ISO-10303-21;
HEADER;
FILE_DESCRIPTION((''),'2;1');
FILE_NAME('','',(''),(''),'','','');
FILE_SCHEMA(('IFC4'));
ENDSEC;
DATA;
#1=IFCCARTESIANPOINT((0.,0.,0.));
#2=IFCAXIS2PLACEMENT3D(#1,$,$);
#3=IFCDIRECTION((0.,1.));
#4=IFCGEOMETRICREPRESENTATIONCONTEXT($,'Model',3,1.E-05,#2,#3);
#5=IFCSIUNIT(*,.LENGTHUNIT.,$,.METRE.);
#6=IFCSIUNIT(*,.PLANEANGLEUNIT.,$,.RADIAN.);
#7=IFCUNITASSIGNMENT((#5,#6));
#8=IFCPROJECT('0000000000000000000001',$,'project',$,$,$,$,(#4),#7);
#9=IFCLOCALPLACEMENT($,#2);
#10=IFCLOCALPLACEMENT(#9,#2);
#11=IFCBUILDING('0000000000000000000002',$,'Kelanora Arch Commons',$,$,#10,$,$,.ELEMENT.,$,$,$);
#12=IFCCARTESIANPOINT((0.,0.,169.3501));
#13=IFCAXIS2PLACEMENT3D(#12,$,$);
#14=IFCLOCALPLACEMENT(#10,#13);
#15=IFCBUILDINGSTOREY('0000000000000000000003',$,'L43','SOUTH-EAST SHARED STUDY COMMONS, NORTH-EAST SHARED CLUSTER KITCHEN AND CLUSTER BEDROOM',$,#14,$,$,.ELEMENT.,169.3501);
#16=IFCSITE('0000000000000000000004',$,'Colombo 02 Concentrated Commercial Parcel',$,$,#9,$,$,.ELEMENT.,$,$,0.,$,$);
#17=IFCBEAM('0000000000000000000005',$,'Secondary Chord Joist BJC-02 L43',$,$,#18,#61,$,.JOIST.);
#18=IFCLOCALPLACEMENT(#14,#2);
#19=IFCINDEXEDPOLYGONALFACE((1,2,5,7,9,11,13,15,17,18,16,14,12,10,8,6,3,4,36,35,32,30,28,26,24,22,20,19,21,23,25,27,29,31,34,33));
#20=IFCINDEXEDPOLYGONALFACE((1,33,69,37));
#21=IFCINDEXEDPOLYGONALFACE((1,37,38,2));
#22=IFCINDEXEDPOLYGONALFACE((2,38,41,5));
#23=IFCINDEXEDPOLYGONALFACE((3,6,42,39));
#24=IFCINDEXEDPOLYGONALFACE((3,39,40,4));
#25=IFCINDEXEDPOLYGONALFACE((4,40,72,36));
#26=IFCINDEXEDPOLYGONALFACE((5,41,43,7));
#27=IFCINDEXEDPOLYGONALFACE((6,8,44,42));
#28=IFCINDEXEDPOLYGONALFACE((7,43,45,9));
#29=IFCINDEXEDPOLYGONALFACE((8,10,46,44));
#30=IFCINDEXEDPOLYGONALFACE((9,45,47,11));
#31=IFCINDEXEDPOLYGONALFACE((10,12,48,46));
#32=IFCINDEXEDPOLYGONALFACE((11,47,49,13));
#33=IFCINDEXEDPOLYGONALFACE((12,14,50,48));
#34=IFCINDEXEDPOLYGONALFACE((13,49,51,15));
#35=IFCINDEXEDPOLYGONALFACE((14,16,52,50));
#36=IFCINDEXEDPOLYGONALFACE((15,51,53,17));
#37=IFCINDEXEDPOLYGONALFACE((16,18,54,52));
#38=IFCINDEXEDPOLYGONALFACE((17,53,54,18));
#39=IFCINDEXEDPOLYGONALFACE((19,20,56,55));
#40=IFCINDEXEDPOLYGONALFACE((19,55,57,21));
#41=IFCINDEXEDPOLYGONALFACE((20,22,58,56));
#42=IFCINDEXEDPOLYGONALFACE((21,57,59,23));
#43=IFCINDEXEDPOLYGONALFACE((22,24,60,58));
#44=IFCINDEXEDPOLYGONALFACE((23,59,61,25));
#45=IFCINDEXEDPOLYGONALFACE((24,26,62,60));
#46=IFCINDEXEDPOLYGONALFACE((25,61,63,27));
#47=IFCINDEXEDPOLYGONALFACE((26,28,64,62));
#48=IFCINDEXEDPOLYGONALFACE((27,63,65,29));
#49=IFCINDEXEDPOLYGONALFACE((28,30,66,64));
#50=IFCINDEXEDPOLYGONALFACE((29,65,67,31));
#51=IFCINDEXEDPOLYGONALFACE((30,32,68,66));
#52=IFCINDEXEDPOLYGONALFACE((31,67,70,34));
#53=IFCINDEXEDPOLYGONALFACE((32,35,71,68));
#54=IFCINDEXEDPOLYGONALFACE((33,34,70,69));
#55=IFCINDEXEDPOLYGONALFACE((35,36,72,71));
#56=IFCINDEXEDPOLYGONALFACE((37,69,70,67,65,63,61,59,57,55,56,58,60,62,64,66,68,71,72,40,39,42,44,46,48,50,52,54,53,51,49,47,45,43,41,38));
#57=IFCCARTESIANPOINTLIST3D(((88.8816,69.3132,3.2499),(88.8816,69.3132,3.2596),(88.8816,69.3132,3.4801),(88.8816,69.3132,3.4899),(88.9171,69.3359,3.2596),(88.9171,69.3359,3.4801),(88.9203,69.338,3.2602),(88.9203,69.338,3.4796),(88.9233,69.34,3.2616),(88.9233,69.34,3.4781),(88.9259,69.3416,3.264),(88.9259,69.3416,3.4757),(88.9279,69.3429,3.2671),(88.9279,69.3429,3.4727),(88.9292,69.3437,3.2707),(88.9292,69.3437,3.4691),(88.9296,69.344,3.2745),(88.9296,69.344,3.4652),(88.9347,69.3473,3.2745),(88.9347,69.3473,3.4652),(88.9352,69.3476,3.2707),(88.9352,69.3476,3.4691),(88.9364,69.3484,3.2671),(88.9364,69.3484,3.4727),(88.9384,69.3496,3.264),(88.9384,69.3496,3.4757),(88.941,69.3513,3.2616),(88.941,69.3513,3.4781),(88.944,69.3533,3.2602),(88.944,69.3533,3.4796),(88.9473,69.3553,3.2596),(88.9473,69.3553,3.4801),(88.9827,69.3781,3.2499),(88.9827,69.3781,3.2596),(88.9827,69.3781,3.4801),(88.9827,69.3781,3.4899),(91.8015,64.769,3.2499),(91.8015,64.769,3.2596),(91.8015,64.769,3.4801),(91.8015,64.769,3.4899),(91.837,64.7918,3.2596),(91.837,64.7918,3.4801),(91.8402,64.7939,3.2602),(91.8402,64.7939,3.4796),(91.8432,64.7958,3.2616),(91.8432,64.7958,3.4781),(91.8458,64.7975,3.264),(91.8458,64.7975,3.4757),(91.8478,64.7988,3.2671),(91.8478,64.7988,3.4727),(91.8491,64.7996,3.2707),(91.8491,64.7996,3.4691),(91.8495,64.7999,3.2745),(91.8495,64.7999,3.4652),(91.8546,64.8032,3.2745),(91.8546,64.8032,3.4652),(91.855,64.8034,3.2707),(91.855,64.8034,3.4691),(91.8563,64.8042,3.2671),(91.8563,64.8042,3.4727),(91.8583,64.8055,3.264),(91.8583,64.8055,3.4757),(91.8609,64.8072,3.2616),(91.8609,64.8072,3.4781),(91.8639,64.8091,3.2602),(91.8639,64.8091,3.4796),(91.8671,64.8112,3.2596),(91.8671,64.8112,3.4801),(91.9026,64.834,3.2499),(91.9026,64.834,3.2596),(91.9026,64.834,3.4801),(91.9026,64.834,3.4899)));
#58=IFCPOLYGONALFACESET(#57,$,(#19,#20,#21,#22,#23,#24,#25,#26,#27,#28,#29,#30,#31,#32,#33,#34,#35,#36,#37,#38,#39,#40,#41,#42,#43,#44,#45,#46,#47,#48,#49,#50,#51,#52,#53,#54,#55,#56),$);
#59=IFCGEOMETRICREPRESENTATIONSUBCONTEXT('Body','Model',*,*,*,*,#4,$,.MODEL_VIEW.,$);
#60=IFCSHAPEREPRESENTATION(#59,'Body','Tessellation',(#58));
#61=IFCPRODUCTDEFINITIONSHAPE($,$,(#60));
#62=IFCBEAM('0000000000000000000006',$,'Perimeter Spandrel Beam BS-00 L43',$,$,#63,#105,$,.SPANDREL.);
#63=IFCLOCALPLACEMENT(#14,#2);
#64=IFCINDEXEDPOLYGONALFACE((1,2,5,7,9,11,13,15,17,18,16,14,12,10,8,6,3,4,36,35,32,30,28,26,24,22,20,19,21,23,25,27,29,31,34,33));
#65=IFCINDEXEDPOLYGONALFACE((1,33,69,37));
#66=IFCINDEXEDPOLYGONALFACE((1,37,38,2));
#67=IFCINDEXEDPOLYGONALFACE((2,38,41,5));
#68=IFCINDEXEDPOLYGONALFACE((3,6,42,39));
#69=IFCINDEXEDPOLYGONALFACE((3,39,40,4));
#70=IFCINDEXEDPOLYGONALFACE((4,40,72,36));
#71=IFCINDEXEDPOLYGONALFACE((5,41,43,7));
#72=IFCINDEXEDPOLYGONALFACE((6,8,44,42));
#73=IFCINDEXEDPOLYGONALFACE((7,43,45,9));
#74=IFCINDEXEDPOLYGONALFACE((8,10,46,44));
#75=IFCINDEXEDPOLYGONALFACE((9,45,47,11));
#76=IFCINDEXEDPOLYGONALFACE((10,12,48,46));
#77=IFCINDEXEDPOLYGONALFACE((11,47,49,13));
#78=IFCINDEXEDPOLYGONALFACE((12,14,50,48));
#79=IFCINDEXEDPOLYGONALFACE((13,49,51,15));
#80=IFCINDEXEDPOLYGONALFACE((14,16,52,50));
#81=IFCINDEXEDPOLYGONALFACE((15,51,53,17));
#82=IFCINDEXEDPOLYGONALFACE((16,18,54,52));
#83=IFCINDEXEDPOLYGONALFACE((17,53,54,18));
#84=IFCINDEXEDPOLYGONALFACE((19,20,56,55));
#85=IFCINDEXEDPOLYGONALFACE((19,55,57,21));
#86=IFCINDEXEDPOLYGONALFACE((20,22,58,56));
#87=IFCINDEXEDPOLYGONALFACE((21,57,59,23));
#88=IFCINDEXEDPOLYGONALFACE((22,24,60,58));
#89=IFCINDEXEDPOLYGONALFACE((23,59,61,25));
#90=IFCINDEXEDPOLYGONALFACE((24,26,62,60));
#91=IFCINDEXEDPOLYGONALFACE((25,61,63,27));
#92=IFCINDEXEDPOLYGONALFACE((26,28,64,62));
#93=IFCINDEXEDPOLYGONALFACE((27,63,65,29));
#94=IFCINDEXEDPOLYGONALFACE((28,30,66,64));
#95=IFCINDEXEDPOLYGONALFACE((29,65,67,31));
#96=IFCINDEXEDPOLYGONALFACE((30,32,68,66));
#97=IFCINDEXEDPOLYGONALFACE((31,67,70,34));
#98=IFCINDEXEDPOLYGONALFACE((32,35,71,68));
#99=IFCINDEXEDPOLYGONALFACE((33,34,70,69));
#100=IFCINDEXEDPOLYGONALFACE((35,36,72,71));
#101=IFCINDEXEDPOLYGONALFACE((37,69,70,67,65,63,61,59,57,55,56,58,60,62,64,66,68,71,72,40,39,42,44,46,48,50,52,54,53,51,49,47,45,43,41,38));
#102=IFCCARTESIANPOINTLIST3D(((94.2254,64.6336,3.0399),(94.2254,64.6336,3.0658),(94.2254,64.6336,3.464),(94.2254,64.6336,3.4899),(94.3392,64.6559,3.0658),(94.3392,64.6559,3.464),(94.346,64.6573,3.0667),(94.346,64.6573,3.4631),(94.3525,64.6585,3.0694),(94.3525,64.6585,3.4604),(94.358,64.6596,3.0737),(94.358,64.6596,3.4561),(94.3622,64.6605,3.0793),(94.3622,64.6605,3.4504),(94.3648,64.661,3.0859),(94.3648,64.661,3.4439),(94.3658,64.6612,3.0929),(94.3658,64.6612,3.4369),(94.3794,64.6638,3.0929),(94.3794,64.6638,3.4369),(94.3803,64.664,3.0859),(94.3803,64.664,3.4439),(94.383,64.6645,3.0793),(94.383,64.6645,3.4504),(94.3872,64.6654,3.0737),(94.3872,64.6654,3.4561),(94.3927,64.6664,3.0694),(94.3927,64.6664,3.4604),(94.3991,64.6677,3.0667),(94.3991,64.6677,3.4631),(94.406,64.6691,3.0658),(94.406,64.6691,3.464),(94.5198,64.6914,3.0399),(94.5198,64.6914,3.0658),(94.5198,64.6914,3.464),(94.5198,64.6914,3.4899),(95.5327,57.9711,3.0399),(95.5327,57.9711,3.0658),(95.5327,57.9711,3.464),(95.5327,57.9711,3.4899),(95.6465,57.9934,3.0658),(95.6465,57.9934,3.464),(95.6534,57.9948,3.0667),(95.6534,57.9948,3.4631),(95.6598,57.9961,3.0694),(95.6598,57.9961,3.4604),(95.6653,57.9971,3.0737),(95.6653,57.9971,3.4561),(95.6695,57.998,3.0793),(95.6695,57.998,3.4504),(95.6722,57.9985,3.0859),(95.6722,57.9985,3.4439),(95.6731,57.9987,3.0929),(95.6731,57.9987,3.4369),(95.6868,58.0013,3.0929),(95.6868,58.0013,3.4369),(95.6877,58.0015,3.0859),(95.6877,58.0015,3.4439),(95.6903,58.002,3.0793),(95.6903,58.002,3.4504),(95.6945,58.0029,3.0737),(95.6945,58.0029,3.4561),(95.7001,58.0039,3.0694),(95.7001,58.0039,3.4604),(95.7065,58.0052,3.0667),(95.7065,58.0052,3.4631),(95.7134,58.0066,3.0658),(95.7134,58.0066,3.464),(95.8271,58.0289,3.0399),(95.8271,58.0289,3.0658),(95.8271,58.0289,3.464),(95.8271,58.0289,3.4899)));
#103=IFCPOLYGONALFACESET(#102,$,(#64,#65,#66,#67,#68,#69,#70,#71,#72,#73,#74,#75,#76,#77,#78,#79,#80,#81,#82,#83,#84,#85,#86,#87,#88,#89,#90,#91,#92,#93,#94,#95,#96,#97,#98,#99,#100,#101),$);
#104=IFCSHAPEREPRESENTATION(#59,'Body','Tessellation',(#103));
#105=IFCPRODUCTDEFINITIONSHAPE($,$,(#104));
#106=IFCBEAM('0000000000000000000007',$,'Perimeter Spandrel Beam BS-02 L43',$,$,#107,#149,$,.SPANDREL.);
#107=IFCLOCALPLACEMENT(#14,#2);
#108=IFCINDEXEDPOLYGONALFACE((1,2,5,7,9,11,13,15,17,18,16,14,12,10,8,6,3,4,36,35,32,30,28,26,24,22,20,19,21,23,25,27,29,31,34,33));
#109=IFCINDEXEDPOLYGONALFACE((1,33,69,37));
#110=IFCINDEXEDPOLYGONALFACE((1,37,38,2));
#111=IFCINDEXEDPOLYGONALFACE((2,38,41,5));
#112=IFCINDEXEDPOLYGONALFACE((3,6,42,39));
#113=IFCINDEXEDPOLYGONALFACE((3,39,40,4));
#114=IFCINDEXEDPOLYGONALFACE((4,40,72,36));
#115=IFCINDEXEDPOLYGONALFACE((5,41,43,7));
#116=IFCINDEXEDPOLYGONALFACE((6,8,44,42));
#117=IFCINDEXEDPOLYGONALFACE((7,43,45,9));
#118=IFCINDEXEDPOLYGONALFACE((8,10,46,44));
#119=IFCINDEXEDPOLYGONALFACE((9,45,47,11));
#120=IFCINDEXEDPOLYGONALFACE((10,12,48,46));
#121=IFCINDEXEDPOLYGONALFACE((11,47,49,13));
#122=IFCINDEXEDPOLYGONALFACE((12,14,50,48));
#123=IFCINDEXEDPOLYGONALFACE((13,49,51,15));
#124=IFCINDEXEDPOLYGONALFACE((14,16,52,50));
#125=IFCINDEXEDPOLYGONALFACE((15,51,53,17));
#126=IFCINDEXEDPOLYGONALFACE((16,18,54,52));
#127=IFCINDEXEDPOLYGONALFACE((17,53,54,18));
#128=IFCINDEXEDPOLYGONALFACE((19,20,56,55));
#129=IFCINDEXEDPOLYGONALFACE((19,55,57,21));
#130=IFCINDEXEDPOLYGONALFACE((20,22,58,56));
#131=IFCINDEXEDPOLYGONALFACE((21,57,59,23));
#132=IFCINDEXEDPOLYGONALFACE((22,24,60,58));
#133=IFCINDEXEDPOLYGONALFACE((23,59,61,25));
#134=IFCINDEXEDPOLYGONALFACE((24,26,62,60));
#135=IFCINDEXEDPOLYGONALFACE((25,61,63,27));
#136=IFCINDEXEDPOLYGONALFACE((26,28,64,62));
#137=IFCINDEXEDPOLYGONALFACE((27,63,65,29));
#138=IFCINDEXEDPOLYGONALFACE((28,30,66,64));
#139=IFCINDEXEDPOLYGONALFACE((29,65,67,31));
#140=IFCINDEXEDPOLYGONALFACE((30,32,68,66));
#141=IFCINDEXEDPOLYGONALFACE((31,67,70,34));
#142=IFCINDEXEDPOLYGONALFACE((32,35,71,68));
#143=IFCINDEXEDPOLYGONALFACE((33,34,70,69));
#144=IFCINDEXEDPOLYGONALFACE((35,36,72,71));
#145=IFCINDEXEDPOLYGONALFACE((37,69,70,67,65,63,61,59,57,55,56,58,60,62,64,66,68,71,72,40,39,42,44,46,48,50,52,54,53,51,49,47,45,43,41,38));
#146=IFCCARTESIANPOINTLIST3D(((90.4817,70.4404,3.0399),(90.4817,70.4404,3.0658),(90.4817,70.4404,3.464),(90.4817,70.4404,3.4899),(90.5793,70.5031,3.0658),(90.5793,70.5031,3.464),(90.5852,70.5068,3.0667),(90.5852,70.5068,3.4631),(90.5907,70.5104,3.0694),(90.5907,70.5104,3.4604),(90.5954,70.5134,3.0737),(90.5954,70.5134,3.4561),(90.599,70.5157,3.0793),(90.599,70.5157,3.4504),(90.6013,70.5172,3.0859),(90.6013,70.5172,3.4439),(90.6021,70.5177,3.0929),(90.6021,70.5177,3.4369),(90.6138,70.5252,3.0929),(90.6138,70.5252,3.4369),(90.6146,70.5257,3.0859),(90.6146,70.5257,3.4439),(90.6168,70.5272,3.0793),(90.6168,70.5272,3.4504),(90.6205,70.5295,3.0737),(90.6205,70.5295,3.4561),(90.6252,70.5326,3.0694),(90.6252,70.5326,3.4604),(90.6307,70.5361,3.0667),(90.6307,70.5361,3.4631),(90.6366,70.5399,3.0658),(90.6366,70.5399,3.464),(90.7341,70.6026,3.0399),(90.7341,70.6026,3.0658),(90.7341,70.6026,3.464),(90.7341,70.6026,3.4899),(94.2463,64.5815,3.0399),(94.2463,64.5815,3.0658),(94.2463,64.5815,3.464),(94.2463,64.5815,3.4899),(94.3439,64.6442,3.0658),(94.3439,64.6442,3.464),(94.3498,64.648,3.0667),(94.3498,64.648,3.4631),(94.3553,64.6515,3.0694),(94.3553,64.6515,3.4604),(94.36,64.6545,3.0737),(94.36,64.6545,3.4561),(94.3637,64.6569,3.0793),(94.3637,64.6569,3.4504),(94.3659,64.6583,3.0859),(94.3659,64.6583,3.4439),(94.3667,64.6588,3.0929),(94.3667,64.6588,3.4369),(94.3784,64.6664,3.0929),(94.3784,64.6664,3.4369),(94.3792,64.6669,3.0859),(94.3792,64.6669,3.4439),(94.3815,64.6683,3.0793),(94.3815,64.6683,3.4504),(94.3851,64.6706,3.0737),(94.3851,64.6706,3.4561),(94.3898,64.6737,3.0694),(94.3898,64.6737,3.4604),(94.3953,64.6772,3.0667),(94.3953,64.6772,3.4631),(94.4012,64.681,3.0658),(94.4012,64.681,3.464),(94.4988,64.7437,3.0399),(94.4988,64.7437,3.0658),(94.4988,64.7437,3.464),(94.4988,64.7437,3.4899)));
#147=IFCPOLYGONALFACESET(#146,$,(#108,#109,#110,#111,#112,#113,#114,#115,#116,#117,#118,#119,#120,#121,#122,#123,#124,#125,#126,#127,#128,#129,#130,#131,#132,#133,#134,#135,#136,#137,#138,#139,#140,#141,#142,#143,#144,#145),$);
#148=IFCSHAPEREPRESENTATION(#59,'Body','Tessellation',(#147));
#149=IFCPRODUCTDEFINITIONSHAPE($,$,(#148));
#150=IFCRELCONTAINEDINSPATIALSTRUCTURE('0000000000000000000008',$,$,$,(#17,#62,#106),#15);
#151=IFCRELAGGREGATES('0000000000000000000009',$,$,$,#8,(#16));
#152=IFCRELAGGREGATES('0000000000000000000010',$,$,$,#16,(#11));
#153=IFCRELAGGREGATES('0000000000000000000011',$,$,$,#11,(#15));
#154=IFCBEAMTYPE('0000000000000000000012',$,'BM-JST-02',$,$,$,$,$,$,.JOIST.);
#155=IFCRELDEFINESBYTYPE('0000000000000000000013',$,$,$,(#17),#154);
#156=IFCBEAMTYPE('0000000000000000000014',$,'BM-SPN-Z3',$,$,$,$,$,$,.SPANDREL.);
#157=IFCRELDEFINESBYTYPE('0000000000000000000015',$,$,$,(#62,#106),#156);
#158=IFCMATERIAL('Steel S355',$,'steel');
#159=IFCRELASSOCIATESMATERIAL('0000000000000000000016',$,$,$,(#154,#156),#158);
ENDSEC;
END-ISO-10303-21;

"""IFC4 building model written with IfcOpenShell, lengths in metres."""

from ifc_helpers import new_model, si_unit, direction, frame, origin, origin_2d, place, context, subcontext, project, spatial, i_section, extrude, material, material_profile, profile_set, type_object, element, save


model = new_model("IFC4")

# Units and contexts
model_context = context("Model", 3, precision=1e-05, world=origin(), true_north=direction((0.0, 1.0)))
body_context = subcontext(model_context, "Body", "Model", "MODEL_VIEW")
ifc_project = project(units=[si_unit("LENGTHUNIT", "METRE"), si_unit("PLANEANGLEUNIT", "RADIAN")], contexts=[model_context])

# Site, building, storey
site_placement = place(None, origin())
site = spatial("IfcSite", under=ifc_project, at=site_placement, Name="Colombo 02 Concentrated Commercial Parcel", CompositionType="ELEMENT", RefElevation=0.0)
building_placement = place(site_placement, origin())
building = spatial("IfcBuilding", under=site, at=building_placement, Name="Kelanora Arch Commons", CompositionType="ELEMENT")
storey_placement = place(building_placement, frame((0.0, 0.0, 169.3501)))
storey = spatial("IfcBuildingStorey", under=building, at=storey_placement, Name="L43", Description="SOUTH-EAST SHARED STUDY COMMONS, NORTH-EAST SHARED CLUSTER KITCHEN AND CLUSTER BEDROOM", CompositionType="ELEMENT", Elevation=169.3501)

# Beams
ifc_material_1 = material(Name="Steel S355", Category="steel")
ifc_material_profile_1 = material_profile(ifc_material_1, i_section(OverallWidth=0.1201, OverallDepth=0.24, WebThickness=0.0061, FlangeThickness=0.0098, FilletRadius=0.0149, at=origin_2d()), Name="IPE240")
ifc_profile_set_1 = profile_set([ifc_material_profile_1], Name="Steel S355")
beam_type_1 = type_object("IfcBeamType", Name="BM-JST-02", PredefinedType="JOIST", material=ifc_profile_set_1)
beam_1_placement = place(storey_placement, frame((91.8521, 64.8015, 3.3699), z_axis=(-0.540582, 0.841292, 0.0), x_axis=(-0.841292, -0.540582, 0.0)))
element("IfcBeam", 1, at=beam_1_placement, inside=storey, type_object=beam_type_1, Name="Secondary Chord Joist BJC-02 L43", PredefinedType="JOIST", context=body_context, shape_type="SweptSolid", body=[
    extrude(i_section(OverallWidth=0.1201, OverallDepth=0.24, WebThickness=0.0061, FlangeThickness=0.0098, FilletRadius=0.0149, at=origin_2d()), origin(), (0.0, 0.0, 1.0), 5.4014),
])
ifc_material_profile_2 = material_profile(ifc_material_1, i_section(OverallWidth=0.3, OverallDepth=0.45, WebThickness=0.0139, FlangeThickness=0.0259, FilletRadius=0.0271, at=origin_2d()), Name="HEB450")
ifc_profile_set_2 = profile_set([ifc_material_profile_2], Name="Steel S355")
beam_type_2 = type_object("IfcBeamType", Name="BM-SPN-Z3", PredefinedType="SPANDREL", material=ifc_profile_set_2)
beam_2_placement = place(storey_placement, frame((95.6799, 58.0, 3.2649), z_axis=(-0.192554, 0.981286, 0.0), x_axis=(-0.981286, -0.192554, 0.0)))
element("IfcBeam", 2, at=beam_2_placement, inside=storey, type_object=beam_type_2, Name="Perimeter Spandrel Beam BS-00 L43", PredefinedType="SPANDREL", context=body_context, shape_type="SweptSolid", body=[
    extrude(i_section(OverallWidth=0.3, OverallDepth=0.45, WebThickness=0.0139, FlangeThickness=0.0259, FilletRadius=0.0271, at=origin_2d()), origin(), (0.0, 0.0, 1.0), 6.7896),
])
beam_3_placement = place(storey_placement, frame((94.3726, 64.6626, 3.2649), z_axis=(-0.540577, 0.841295, 0.0), x_axis=(-0.841295, -0.540577, 0.0)))
element("IfcBeam", 3, at=beam_3_placement, inside=storey, type_object=beam_type_2, Name="Perimeter Spandrel Beam BS-02 L43", PredefinedType="SPANDREL", context=body_context, shape_type="SweptSolid", body=[
    extrude(i_section(OverallWidth=0.3, OverallDepth=0.45, WebThickness=0.0139, FlangeThickness=0.0259, FilletRadius=0.0271, at=origin_2d()), origin(), (0.0, 0.0, 1.0), 6.9641),
])

save(model, "model.ifc")
